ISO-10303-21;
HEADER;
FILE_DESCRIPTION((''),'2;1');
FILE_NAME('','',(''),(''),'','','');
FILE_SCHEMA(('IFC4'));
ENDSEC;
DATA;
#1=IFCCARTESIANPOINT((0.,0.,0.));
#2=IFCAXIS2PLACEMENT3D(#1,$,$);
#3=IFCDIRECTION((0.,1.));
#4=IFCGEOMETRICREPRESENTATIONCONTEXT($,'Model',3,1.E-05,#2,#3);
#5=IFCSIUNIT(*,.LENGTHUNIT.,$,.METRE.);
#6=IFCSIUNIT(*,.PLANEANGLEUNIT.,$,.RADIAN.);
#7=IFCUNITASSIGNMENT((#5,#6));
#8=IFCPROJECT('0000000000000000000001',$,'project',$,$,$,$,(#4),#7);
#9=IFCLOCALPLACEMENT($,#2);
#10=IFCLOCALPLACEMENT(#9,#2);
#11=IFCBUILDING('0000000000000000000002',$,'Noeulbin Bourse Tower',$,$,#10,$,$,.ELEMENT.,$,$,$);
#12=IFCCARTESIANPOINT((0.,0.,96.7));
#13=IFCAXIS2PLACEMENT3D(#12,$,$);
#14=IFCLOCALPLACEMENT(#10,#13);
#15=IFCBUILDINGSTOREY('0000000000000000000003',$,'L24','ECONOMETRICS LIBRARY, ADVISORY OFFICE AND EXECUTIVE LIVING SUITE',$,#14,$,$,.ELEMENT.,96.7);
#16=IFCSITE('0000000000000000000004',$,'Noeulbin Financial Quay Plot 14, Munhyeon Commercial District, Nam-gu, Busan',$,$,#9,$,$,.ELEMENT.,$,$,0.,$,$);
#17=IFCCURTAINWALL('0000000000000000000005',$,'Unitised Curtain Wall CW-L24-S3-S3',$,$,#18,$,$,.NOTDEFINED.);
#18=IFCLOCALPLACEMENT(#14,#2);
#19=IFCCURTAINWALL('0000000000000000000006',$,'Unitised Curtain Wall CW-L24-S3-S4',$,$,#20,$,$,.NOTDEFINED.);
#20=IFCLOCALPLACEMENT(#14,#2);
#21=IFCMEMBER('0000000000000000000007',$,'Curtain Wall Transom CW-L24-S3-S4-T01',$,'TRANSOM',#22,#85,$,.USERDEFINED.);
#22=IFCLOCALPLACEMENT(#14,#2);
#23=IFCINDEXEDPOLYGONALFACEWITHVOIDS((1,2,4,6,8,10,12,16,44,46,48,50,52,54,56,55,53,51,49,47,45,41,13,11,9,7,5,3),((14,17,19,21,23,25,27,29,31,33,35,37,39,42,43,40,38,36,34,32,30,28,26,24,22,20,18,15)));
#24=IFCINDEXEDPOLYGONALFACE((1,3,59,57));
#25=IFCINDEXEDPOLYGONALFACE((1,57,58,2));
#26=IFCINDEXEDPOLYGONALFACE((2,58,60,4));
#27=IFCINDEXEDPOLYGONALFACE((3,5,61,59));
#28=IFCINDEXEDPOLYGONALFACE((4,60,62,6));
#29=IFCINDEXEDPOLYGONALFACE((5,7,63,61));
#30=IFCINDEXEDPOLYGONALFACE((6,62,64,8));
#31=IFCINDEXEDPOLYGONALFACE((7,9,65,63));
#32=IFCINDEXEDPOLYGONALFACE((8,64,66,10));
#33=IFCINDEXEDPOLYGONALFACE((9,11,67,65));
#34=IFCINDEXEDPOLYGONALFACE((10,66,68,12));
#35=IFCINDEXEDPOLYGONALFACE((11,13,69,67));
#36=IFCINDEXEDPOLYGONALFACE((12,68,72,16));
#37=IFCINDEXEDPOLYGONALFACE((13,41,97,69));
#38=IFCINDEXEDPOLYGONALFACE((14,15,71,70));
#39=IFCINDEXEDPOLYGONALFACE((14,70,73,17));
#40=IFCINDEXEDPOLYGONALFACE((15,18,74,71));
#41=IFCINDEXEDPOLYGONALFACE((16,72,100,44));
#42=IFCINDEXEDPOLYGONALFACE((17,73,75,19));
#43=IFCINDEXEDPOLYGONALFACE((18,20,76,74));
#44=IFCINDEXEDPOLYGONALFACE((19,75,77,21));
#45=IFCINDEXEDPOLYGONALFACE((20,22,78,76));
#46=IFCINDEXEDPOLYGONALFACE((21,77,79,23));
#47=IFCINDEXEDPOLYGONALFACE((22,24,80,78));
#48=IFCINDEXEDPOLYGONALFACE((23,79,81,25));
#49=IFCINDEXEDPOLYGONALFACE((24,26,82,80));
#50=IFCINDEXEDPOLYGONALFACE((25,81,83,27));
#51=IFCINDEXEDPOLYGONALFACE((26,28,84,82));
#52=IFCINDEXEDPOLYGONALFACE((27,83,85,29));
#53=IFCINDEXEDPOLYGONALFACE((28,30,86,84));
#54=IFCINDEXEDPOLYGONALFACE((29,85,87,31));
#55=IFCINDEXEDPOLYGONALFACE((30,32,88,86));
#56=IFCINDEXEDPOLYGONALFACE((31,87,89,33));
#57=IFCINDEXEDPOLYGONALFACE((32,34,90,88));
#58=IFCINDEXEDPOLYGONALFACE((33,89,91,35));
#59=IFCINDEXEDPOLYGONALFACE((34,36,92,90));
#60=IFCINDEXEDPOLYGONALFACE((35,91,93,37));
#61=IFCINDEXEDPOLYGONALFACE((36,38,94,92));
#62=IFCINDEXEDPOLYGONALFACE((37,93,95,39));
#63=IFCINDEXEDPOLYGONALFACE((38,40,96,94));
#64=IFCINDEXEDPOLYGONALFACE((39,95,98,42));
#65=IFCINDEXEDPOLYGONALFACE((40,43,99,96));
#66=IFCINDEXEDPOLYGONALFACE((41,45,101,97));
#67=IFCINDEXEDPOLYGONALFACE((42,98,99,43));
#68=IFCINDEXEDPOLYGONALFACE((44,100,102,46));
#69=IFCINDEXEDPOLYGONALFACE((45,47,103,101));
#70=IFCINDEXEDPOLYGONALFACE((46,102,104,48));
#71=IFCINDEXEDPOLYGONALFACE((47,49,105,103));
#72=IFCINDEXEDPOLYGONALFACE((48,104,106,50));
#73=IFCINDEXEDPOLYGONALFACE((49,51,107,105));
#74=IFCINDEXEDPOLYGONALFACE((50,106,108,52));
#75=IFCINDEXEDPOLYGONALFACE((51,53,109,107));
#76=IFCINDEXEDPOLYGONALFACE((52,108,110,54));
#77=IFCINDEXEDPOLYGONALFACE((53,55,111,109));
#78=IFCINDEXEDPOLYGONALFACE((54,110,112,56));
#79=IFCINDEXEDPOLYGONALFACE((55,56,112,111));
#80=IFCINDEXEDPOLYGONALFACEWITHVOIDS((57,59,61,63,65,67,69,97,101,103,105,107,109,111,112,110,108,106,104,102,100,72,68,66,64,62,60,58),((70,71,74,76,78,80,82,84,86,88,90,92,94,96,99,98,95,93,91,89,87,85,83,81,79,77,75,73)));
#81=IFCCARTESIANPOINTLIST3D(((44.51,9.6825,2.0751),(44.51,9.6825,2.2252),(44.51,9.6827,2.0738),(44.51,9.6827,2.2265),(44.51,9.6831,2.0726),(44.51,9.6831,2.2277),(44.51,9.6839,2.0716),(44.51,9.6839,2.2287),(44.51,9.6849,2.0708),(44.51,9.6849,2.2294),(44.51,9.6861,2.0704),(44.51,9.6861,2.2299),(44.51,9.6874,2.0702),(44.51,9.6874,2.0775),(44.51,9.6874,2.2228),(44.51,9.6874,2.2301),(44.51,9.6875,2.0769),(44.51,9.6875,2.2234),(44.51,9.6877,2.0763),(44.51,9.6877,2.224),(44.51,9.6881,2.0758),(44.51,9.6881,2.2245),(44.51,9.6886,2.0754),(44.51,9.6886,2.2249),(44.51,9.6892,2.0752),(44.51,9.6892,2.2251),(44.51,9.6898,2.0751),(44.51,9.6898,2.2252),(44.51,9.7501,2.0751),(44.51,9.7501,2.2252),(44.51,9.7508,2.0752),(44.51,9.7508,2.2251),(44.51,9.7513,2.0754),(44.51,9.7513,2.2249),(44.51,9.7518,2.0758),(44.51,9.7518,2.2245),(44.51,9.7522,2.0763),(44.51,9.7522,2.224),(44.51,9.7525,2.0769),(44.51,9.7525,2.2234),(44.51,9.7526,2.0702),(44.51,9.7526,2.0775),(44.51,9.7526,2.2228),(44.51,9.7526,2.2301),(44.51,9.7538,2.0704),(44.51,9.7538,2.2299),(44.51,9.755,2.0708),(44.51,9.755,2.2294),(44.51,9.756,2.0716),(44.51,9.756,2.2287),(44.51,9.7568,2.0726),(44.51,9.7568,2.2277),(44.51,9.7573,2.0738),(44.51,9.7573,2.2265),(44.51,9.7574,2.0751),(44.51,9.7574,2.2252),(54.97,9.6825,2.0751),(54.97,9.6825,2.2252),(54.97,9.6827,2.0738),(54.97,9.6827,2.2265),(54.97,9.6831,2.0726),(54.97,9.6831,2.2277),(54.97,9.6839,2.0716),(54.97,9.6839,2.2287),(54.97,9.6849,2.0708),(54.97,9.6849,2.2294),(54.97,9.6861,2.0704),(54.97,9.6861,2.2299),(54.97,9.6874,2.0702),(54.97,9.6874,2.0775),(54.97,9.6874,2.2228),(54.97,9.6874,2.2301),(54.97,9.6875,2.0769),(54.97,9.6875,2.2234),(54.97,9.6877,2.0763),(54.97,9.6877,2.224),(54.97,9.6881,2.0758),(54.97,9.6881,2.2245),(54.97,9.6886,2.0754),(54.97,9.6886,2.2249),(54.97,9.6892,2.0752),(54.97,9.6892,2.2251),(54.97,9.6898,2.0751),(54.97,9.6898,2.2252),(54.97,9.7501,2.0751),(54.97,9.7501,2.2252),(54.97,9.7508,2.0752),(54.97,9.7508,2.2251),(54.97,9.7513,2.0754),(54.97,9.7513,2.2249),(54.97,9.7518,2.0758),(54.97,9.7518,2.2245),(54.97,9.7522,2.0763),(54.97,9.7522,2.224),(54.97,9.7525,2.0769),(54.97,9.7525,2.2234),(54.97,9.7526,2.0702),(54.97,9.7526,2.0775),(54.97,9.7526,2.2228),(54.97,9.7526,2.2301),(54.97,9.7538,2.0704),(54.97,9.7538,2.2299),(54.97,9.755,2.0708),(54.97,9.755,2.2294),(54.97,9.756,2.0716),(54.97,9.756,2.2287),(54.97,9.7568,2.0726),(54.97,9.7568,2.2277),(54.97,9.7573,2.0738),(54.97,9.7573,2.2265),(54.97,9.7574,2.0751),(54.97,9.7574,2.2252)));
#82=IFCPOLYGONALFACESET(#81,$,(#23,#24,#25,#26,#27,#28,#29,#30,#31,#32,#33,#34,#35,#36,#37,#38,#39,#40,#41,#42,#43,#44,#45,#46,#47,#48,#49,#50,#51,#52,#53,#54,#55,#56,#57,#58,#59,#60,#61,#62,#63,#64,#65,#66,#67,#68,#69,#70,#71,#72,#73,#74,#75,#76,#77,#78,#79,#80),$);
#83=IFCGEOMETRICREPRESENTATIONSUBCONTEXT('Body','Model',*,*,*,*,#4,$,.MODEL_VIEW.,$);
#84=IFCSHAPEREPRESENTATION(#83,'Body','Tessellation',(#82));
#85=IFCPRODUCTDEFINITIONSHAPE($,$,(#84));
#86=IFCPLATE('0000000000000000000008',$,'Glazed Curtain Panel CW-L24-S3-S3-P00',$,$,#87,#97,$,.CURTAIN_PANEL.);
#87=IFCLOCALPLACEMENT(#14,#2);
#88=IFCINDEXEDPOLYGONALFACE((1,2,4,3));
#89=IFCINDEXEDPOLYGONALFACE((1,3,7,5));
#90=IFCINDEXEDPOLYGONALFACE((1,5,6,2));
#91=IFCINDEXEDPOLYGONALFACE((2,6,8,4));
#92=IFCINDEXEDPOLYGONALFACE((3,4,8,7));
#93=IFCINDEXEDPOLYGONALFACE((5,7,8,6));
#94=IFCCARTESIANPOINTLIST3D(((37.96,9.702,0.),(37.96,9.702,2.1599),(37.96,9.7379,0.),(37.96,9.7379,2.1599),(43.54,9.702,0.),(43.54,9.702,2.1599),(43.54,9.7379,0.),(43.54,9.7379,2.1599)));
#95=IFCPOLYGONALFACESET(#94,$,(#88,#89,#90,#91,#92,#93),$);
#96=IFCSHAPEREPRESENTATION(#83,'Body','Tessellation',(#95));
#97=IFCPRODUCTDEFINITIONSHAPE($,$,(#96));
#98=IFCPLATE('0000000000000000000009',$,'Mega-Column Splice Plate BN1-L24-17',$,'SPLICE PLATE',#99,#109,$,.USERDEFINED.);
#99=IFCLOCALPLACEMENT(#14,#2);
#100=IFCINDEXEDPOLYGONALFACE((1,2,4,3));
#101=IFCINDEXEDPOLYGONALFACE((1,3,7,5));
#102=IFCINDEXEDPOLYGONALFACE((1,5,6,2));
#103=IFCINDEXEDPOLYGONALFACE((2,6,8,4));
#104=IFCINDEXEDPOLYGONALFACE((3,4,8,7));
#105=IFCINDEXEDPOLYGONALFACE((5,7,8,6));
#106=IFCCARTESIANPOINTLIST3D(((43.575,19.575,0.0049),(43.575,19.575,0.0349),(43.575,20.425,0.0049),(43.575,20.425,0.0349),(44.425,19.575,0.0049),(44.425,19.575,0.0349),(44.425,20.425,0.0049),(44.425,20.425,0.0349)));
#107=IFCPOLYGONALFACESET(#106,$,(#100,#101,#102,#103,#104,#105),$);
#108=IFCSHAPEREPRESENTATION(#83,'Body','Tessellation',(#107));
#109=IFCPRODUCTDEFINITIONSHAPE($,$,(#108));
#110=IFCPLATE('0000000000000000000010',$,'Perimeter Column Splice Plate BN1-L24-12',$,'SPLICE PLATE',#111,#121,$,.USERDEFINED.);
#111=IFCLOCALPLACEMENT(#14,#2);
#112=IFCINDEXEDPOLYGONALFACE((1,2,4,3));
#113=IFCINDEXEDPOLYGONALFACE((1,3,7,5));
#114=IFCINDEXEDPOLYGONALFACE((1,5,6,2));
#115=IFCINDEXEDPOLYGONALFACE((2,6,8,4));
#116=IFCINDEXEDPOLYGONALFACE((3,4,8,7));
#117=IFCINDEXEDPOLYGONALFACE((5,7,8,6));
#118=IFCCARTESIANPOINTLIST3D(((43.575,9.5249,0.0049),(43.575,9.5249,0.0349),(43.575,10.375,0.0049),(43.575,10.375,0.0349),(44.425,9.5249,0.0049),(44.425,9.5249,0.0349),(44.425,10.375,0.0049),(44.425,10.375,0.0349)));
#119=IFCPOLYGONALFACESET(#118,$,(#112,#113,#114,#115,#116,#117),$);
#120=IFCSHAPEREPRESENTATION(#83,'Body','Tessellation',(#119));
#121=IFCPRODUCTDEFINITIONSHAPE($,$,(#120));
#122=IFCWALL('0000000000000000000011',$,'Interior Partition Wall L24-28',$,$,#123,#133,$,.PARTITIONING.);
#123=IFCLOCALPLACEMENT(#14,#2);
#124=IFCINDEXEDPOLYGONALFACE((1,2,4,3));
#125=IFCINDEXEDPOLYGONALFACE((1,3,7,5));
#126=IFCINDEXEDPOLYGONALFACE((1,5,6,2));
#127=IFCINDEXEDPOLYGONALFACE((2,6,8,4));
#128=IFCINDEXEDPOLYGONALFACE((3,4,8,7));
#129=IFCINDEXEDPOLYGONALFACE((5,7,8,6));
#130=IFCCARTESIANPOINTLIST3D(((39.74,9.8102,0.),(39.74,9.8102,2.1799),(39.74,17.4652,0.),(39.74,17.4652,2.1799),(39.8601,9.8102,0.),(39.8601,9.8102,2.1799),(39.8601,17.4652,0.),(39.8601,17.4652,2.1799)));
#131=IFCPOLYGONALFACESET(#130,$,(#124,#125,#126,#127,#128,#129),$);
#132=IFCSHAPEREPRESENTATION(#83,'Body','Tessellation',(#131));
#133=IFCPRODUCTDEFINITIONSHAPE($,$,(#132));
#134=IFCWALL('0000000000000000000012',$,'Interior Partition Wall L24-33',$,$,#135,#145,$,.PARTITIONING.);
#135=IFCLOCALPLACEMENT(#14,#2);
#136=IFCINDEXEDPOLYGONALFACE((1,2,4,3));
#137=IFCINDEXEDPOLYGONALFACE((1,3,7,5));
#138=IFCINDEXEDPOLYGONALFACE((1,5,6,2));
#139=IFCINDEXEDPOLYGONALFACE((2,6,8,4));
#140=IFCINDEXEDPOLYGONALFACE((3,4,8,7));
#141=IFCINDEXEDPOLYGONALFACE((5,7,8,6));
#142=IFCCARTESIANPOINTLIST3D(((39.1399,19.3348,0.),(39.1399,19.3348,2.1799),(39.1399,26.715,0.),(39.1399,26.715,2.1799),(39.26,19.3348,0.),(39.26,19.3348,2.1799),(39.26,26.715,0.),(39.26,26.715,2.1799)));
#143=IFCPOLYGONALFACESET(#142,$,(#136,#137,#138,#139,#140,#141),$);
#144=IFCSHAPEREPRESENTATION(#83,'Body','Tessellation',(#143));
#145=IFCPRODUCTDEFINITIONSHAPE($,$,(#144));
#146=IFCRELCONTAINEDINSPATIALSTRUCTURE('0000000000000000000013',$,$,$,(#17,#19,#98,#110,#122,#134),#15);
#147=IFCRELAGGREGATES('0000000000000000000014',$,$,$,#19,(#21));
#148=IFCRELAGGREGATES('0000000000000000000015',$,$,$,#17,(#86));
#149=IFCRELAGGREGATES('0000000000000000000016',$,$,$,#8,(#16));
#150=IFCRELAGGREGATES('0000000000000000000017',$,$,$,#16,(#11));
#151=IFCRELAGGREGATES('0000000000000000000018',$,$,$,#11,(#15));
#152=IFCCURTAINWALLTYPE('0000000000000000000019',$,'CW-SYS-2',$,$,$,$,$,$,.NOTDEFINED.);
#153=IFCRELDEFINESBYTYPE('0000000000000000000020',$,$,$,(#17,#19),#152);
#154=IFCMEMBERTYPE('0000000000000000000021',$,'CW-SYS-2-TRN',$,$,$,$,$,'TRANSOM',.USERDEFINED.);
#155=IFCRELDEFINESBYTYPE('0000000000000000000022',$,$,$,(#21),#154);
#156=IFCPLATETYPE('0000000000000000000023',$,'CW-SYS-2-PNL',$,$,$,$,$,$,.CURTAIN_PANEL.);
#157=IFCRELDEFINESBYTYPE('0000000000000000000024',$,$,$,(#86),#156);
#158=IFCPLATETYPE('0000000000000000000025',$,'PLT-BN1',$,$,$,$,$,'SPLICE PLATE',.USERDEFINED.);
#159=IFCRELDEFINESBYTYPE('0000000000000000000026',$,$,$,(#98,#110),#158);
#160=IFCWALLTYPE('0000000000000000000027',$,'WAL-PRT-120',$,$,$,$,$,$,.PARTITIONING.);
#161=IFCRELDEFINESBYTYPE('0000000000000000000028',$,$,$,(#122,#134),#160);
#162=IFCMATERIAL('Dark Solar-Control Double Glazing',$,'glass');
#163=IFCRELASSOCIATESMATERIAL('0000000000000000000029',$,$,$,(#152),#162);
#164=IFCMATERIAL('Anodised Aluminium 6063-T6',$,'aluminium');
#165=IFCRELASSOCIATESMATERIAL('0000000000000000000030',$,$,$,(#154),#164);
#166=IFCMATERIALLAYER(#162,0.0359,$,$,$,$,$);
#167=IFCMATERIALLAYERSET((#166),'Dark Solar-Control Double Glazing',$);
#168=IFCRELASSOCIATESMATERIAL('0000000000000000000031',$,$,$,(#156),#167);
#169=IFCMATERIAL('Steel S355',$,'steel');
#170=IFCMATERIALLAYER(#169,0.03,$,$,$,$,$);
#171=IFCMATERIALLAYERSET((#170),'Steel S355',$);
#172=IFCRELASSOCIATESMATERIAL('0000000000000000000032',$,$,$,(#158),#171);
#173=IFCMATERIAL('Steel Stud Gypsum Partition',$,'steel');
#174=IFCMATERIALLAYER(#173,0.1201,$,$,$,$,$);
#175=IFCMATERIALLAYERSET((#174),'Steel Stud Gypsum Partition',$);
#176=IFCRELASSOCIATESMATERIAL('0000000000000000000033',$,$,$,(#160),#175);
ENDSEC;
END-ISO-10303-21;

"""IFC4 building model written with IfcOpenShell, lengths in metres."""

from ifc_helpers import new_model, si_unit, direction, frame, frame_2d, origin, origin_2d, place, context, subcontext, project, spatial, rectangle, hollow_rectangle, extrude, material, layer, layer_set, material_profile, profile_set, type_object, element, aggregate, save


model = new_model("IFC4")

# Units and contexts
model_context = context("Model", 3, precision=1e-05, world=origin(), true_north=direction((0.0, 1.0)))
body_context = subcontext(model_context, "Body", "Model", "MODEL_VIEW")
ifc_project = project(units=[si_unit("LENGTHUNIT", "METRE"), si_unit("PLANEANGLEUNIT", "RADIAN")], contexts=[model_context])

# Site, building, storey
site_placement = place(None, origin())
site = spatial("IfcSite", under=ifc_project, at=site_placement, Name="Noeulbin Financial Quay Plot 14, Munhyeon Commercial District, Nam-gu, Busan", CompositionType="ELEMENT", RefElevation=0.0)
building_placement = place(site_placement, origin())
building = spatial("IfcBuilding", under=site, at=building_placement, Name="Noeulbin Bourse Tower", CompositionType="ELEMENT")
storey_placement = place(building_placement, frame((0.0, 0.0, 96.7)))
storey = spatial("IfcBuildingStorey", under=building, at=storey_placement, Name="L24", Description="ECONOMETRICS LIBRARY, ADVISORY OFFICE AND EXECUTIVE LIVING SUITE", CompositionType="ELEMENT", Elevation=96.7)

# Shared definitions
ifc_material_1 = material(Name="Steel S355", Category="steel")

# Curtain wall
ifc_material_2 = material(Name="Dark Solar-Control Double Glazing", Category="glass")
curtain_wall_type = type_object("IfcCurtainWallType", Name="CW-SYS-2", PredefinedType="NOTDEFINED", material=ifc_material_2)
curtain_wall_1_placement = place(storey_placement, origin())
curtain_wall_1 = element("IfcCurtainWall", 1, at=curtain_wall_1_placement, inside=storey, type_object=curtain_wall_type, Name="Unitised Curtain Wall CW-L24-S3-S3", PredefinedType="NOTDEFINED")
ifc_material_3 = material(Name="Anodised Aluminium 6063-T6", Category="aluminium")

# Curtain wall, member
curtain_wall_2_placement = place(storey_placement, origin())
curtain_wall_2 = element("IfcCurtainWall", 2, at=curtain_wall_2_placement, inside=storey, type_object=curtain_wall_type, Name="Unitised Curtain Wall CW-L24-S3-S4", PredefinedType="NOTDEFINED")
ifc_material_profile_1 = material_profile(ifc_material_3, hollow_rectangle(XDim=0.075, YDim=0.1599, WallThickness=0.0049, InnerFilletRadius=0.0024, OuterFilletRadius=0.0049, at=origin_2d()), Name="ALU-TRAN-75x160x5", Category="LoadBearing")
ifc_profile_set_1 = profile_set([ifc_material_profile_1], Name="Anodised Aluminium 6063-T6")
member_type_1 = type_object("IfcMemberType", Name="CW-SYS-2-TRN", ElementType="TRANSOM", PredefinedType="USERDEFINED", material=ifc_profile_set_1)
member_1_placement = place(storey_placement, frame((44.51, 9.72, 2.1501), z_axis=(1.0, 0.0, 0.0), x_axis=(0.0, 1.0, 0.0)))
member_1 = element("IfcMember", 3, at=member_1_placement, type_object=member_type_1, Name="Curtain Wall Transom CW-L24-S3-S4-T01", ObjectType="TRANSOM", PredefinedType="USERDEFINED", context=body_context, shape_type="SweptSolid", body=[
    extrude(hollow_rectangle(XDim=0.075, YDim=0.1599, WallThickness=0.0049, InnerFilletRadius=0.0024, OuterFilletRadius=0.0049, at=origin_2d()), origin(), (0.0, 0.0, 1.0), 10.46),
])
aggregate(curtain_wall_2, [member_1])

# Plate
ifc_layer_1 = layer(ifc_material_2, 0.0359)
ifc_layer_set_1 = layer_set([ifc_layer_1], Name="Dark Solar-Control Double Glazing")
plate_type_1 = type_object("IfcPlateType", Name="CW-SYS-2-PNL", PredefinedType="CURTAIN_PANEL", material=ifc_layer_set_1)
plate_placement = place(storey_placement, frame((40.75, 9.72, 0.0), z_axis=(0.0, 0.0, 1.0), x_axis=(1.0, 0.0, 0.0)))
plate = element("IfcPlate", 4, at=plate_placement, type_object=plate_type_1, Name="Glazed Curtain Panel CW-L24-S3-S3-P00", PredefinedType="CURTAIN_PANEL", context=body_context, shape_type="SweptSolid", body=[
    extrude(rectangle(XDim=5.5801, YDim=0.0359, at=origin_2d()), origin(), (0.0, 0.0, 1.0), 2.1599),
])
aggregate(curtain_wall_1, [plate])

# Plates
ifc_layer_2 = layer(ifc_material_1, 0.03)
ifc_layer_set_2 = layer_set([ifc_layer_2], Name="Steel S355")
plate_type_2 = type_object("IfcPlateType", Name="PLT-BN1", ElementType="SPLICE PLATE", PredefinedType="USERDEFINED", material=ifc_layer_set_2)
for number, where, z_axis, x_axis, name in (
    (5, (44.0, 20.0, 0.0049), (0.0, 0.0, 1.0), (1.0, 0.0, 0.0), "Mega-Column Splice Plate BN1-L24-17"),
    (6, (44.0, 9.95, 0.0049), (0.0, 0.0, 1.0), (1.0, 0.0, 0.0), "Perimeter Column Splice Plate BN1-L24-12"),
):
    element("IfcPlate", number, at=place(storey_placement, frame(where, z_axis=z_axis, x_axis=x_axis)), inside=storey, type_object=plate_type_2, Name=name, ObjectType="SPLICE PLATE", PredefinedType="USERDEFINED", context=body_context, shape_type="SweptSolid", body=[
        extrude(rectangle(XDim=0.8501, YDim=0.8501, at=origin_2d()), origin(), (0.0, 0.0, 1.0), 0.03),
    ])

# Walls
ifc_material_4 = material(Name="Steel Stud Gypsum Partition", Category="steel")
ifc_layer_3 = layer(ifc_material_4, 0.1201)
ifc_layer_set_3 = layer_set([ifc_layer_3], Name="Steel Stud Gypsum Partition")
wall_type = type_object("IfcWallType", Name="WAL-PRT-120", PredefinedType="PARTITIONING", material=ifc_layer_set_3)
wall_1_placement = place(storey_placement, frame((39.8, 9.8101, 0.0), z_axis=(0.0, 0.0, 1.0), x_axis=(0.0, 1.0, 0.0)))
element("IfcWall", 7, at=wall_1_placement, inside=storey, type_object=wall_type, Name="Interior Partition Wall L24-28", PredefinedType="PARTITIONING", context=body_context, shape_type="SweptSolid", body=[
    extrude(rectangle(XDim=7.655, YDim=0.1201, at=frame_2d((3.8276, 0.0))), origin(), (0.0, 0.0, 1.0), 2.1799),
])
wall_2_placement = place(storey_placement, frame((39.2, 19.335, 0.0), z_axis=(0.0, 0.0, 1.0), x_axis=(0.0, 1.0, 0.0)))
element("IfcWall", 8, at=wall_2_placement, inside=storey, type_object=wall_type, Name="Interior Partition Wall L24-33", PredefinedType="PARTITIONING", context=body_context, shape_type="SweptSolid", body=[
    extrude(rectangle(XDim=7.3801, YDim=0.1201, at=frame_2d((3.6899, 0.0))), origin(), (0.0, 0.0, 1.0), 2.1799),
])

save(model, "model.ifc")
